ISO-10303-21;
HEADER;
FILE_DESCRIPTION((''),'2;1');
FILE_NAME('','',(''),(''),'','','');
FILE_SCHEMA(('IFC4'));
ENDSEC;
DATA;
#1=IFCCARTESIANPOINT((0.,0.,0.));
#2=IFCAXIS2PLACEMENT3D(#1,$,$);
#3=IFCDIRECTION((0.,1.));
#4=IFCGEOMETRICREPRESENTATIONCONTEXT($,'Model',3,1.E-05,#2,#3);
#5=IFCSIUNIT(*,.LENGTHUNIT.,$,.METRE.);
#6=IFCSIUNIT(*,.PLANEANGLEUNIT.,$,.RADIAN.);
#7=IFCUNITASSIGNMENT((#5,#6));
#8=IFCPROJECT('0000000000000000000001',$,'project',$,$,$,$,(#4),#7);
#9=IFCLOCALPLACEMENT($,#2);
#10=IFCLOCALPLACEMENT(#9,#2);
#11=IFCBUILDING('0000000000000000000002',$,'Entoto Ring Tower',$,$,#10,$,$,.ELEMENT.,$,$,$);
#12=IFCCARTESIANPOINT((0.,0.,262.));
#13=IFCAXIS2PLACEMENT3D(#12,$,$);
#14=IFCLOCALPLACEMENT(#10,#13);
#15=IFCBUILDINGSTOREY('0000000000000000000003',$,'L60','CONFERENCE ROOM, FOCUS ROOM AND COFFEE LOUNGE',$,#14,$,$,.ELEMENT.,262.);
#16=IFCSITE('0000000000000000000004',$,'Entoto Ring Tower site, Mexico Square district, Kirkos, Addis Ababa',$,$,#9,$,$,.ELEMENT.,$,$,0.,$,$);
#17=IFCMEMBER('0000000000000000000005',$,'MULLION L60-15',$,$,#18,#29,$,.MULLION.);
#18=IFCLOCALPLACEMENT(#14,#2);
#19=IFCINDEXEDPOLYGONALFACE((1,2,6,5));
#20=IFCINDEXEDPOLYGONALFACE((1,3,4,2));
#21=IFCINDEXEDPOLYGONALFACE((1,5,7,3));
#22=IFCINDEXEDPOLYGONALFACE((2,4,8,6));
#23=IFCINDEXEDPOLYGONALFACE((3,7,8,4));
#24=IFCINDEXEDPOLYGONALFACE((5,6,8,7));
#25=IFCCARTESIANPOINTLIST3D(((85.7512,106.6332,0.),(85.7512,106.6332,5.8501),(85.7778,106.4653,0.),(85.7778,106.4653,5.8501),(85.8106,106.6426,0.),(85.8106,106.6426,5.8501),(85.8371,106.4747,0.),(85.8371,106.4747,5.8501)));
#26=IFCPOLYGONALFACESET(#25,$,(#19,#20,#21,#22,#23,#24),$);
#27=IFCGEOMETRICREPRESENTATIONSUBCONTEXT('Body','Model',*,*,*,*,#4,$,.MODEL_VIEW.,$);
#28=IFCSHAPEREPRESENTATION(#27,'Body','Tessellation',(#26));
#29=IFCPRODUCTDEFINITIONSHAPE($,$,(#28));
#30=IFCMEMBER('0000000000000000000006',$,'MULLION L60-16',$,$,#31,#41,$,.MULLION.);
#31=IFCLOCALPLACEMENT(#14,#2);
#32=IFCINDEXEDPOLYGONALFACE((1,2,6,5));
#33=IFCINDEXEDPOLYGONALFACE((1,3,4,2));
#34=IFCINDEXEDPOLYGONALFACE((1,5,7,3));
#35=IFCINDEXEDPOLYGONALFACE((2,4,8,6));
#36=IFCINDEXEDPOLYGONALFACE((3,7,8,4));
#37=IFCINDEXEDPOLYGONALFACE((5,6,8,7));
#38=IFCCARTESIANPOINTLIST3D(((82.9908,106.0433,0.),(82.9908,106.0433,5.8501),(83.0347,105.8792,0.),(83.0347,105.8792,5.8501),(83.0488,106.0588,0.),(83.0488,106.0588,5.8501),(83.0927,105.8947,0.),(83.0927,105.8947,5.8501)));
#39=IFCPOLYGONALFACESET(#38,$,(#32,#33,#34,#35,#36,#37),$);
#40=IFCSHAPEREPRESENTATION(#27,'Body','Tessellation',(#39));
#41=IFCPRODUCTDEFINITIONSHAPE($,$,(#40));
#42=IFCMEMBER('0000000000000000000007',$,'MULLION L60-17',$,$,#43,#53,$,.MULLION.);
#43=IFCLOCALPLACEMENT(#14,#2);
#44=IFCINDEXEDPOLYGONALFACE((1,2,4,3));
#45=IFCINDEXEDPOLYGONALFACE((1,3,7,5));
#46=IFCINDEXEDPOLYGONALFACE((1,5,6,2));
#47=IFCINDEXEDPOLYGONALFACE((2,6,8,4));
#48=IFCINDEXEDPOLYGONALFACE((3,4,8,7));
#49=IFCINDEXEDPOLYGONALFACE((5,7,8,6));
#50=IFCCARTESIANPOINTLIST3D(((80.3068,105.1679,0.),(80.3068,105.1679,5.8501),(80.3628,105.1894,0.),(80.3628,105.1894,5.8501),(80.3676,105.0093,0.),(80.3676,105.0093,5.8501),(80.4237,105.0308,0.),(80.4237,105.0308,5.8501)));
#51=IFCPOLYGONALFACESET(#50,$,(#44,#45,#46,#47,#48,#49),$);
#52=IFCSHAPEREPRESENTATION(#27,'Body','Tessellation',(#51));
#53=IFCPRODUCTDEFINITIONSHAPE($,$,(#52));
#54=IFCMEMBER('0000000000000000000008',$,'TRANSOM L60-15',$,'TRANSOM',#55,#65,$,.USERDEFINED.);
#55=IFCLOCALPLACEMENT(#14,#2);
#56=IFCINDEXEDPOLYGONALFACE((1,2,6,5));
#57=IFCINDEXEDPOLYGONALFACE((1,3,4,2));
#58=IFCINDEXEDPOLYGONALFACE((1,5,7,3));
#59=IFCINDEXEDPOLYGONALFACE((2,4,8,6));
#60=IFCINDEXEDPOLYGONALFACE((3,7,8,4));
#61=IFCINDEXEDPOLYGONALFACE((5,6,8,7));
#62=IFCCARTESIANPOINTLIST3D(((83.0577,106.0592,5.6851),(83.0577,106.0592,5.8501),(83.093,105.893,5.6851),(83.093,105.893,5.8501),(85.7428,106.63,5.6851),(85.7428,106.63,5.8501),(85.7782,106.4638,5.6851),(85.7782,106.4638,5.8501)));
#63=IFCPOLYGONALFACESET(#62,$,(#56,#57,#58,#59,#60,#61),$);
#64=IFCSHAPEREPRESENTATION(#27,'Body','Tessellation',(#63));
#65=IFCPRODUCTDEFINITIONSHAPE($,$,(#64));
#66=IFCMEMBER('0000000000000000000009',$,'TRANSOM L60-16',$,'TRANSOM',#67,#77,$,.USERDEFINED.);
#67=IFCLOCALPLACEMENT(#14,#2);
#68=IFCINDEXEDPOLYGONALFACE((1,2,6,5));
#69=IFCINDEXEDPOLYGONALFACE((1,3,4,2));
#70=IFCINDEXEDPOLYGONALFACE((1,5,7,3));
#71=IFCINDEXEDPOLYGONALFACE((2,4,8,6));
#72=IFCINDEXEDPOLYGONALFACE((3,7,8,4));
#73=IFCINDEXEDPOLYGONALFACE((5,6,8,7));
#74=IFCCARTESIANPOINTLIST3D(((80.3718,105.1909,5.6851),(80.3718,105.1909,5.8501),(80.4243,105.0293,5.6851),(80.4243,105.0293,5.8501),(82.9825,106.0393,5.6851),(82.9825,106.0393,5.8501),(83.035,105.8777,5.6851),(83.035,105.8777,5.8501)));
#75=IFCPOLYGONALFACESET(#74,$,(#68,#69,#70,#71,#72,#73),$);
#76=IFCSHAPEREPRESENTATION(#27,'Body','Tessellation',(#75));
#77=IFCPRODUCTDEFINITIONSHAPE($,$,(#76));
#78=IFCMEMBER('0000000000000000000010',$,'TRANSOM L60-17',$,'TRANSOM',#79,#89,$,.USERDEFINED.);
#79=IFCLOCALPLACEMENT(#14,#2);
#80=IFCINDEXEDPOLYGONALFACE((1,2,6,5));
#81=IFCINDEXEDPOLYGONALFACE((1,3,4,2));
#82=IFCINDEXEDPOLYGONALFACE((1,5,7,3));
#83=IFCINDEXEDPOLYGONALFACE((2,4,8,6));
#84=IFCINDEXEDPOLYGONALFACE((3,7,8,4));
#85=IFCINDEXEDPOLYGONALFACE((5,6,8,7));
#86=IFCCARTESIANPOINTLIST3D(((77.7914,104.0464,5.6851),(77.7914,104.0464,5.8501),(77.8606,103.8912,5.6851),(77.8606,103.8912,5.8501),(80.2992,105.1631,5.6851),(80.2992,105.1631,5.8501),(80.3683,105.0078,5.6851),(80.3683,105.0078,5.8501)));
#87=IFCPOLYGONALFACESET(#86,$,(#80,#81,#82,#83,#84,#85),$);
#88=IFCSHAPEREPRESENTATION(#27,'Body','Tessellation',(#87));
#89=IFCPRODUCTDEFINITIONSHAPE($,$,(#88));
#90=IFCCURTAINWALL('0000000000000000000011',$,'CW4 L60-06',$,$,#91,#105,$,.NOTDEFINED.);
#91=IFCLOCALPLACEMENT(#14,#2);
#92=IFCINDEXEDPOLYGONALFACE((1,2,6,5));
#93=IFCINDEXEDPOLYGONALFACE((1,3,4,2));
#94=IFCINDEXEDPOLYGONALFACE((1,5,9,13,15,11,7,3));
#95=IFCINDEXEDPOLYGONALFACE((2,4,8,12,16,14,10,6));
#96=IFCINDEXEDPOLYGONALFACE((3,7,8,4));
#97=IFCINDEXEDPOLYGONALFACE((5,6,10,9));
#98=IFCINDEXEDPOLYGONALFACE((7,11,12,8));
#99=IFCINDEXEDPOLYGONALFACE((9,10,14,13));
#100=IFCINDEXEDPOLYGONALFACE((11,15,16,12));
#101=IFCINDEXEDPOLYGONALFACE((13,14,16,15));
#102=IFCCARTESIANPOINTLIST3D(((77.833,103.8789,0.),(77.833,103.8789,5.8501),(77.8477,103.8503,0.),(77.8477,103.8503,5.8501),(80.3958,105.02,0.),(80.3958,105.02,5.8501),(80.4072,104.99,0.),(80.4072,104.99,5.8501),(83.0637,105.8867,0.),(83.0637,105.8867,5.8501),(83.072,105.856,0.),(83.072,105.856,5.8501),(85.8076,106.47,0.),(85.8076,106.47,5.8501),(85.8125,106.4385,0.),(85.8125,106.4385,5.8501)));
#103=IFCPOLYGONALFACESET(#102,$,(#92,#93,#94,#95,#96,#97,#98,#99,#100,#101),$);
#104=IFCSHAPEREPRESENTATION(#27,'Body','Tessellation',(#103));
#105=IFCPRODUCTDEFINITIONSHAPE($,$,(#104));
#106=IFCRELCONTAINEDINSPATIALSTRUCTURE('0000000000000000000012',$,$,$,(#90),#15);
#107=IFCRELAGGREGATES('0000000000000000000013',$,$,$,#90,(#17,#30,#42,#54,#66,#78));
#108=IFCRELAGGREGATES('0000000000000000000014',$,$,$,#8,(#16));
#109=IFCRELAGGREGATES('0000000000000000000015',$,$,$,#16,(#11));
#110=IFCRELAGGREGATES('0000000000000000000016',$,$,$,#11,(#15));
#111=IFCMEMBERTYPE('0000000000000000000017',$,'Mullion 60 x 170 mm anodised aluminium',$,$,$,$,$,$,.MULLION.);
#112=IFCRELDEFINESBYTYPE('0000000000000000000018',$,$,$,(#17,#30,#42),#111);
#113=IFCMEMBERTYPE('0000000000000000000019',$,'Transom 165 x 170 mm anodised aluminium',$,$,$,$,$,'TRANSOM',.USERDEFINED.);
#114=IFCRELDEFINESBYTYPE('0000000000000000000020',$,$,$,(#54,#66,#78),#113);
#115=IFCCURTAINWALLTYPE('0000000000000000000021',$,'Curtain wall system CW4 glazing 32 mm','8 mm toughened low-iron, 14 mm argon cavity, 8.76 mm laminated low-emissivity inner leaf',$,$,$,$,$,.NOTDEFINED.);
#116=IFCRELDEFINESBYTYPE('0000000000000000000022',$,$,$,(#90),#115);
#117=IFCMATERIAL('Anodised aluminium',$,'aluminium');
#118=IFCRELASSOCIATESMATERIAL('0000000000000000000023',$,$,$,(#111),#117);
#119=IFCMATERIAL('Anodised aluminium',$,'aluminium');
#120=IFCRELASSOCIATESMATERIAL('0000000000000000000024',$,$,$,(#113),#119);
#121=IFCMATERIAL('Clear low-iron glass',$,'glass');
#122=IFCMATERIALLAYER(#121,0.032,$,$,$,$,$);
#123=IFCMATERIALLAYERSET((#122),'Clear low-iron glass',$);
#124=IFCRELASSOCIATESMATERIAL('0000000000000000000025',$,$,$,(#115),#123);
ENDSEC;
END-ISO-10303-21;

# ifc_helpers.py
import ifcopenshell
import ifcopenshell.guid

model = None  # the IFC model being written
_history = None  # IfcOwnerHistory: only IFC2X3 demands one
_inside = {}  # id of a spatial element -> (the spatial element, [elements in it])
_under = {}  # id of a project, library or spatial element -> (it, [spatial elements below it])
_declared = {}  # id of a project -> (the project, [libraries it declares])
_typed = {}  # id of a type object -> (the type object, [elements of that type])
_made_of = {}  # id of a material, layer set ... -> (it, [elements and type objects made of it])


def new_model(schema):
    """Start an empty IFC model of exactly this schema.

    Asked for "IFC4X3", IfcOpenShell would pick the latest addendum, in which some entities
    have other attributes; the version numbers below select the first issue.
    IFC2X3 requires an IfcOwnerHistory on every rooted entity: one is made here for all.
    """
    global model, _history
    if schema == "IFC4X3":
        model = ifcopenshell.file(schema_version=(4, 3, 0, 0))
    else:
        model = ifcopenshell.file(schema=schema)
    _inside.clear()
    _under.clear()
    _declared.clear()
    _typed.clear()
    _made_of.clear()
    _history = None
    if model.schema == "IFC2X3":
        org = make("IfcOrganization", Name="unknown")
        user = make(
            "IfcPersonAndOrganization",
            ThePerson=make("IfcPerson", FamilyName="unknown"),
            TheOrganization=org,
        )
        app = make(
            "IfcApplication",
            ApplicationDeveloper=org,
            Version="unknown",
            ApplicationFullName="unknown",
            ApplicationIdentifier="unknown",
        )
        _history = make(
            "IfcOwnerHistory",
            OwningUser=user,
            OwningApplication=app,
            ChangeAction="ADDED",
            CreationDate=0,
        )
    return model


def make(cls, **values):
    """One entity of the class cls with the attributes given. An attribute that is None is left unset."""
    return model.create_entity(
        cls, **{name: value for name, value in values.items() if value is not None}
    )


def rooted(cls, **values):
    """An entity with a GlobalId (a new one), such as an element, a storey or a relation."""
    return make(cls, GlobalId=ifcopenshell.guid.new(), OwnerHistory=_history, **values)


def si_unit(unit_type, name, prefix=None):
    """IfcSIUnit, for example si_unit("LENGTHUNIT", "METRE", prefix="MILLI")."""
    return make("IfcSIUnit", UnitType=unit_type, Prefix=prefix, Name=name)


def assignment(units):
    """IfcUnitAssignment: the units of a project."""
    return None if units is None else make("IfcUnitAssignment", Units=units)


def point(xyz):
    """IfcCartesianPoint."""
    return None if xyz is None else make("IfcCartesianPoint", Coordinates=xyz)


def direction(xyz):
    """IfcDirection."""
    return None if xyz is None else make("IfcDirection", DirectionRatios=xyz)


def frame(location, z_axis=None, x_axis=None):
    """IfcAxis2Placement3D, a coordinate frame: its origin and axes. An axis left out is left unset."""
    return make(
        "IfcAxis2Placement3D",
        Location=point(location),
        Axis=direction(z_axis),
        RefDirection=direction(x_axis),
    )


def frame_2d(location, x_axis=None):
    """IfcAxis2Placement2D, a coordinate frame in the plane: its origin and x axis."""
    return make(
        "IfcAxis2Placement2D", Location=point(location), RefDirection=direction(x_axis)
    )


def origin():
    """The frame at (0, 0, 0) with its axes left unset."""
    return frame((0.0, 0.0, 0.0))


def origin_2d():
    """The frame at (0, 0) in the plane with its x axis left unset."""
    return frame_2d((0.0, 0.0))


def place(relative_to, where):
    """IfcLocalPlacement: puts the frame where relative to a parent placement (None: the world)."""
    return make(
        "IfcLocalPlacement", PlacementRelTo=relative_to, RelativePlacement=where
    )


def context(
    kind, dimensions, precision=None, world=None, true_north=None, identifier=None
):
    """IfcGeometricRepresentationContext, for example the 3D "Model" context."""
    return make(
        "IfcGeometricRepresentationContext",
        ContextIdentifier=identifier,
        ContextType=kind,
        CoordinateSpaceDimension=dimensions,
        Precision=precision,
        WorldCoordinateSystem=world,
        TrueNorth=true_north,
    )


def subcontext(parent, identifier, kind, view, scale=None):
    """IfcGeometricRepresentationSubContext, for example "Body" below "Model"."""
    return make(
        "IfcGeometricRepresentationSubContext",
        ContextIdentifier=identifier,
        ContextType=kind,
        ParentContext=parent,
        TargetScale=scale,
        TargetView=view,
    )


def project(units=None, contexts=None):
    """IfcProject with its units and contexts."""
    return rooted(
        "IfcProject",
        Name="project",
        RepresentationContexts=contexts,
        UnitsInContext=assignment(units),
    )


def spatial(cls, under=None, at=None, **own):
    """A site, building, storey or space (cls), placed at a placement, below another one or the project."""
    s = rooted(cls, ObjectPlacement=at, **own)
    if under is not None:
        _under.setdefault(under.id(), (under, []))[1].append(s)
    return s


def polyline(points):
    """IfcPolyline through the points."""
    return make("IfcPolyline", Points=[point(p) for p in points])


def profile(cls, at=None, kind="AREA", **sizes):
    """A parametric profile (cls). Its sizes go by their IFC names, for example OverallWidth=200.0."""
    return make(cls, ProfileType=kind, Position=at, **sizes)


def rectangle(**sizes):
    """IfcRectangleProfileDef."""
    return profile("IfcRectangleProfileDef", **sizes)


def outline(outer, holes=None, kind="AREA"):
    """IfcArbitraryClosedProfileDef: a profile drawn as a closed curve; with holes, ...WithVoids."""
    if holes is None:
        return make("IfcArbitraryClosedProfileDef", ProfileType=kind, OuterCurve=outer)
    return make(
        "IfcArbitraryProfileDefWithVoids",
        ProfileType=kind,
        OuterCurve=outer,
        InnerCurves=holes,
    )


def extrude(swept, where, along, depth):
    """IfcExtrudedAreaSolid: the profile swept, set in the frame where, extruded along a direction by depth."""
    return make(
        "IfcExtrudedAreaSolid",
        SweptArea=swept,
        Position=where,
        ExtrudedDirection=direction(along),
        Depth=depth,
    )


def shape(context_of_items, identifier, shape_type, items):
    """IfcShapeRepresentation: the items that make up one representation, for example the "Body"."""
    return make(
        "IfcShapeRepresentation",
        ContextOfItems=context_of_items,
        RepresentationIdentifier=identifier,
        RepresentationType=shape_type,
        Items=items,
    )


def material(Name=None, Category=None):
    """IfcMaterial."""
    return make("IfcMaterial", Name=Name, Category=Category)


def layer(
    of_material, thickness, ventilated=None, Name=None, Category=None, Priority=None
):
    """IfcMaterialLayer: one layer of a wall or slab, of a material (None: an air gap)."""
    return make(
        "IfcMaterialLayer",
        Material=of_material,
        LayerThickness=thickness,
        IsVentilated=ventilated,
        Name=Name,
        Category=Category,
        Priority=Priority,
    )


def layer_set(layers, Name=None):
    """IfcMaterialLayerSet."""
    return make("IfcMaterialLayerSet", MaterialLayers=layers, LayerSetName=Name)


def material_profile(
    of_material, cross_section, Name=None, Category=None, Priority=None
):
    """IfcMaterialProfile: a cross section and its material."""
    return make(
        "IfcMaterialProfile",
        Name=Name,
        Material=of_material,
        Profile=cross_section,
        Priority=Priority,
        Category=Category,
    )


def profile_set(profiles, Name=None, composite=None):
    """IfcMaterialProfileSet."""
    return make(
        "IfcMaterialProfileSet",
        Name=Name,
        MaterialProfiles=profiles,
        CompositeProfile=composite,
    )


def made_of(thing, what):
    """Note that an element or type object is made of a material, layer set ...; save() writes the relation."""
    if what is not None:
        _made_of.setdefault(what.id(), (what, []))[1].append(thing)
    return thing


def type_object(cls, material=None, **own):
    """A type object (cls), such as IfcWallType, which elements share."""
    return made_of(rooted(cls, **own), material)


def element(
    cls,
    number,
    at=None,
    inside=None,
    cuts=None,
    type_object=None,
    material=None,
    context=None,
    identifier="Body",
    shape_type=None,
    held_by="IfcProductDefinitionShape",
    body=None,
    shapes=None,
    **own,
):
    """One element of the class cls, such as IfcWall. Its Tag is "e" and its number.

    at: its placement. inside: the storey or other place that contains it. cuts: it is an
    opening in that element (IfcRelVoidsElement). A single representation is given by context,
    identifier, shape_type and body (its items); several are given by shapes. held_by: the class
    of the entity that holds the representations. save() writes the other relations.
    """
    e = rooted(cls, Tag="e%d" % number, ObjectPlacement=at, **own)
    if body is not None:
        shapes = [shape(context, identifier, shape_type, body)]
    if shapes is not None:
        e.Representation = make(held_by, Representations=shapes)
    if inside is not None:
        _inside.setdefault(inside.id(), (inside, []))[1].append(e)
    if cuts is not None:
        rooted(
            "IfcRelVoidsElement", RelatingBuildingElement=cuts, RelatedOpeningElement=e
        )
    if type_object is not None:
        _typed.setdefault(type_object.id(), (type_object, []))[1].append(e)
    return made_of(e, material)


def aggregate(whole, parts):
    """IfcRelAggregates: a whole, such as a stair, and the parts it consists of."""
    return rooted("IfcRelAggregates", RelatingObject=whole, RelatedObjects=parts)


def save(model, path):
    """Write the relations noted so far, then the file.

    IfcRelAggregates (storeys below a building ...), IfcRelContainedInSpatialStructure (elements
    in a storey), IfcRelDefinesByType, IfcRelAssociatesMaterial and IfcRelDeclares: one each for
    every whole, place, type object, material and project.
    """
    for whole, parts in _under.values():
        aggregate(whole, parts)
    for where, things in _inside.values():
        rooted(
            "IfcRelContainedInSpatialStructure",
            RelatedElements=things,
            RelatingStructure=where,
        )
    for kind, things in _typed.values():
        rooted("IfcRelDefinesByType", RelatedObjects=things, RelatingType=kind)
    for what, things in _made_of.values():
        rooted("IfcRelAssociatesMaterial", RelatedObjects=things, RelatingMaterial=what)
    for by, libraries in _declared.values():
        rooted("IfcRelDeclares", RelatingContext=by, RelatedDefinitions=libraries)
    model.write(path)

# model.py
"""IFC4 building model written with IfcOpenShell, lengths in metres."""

from ifc_helpers import new_model, si_unit, direction, frame, origin, origin_2d, place, context, subcontext, project, spatial, polyline, rectangle, outline, extrude, material, layer, layer_set, material_profile, profile_set, type_object, element, aggregate, save


model = new_model("IFC4")

# Units and contexts
model_context = context("Model", 3, precision=1e-05, world=origin(), true_north=direction((0.0, 1.0)))
body_context = subcontext(model_context, "Body", "Model", "MODEL_VIEW")
ifc_project = project(units=[si_unit("LENGTHUNIT", "METRE"), si_unit("PLANEANGLEUNIT", "RADIAN")], contexts=[model_context])

# Members
ifc_material_1 = material(Name="Anodised aluminium", Category="aluminium")
ifc_material_profile_1 = material_profile(ifc_material_1, rectangle(XDim=0.0601, YDim=0.1699, at=origin_2d()), Name="Mullion 60 x 170 mm anodised aluminium")
ifc_profile_set_1 = profile_set([ifc_material_profile_1], Name="Anodised aluminium")
member_type_1 = type_object("IfcMemberType", Name="Mullion 60 x 170 mm anodised aluminium", PredefinedType="MULLION", material=ifc_profile_set_1)
site_placement = place(None, origin())
building_placement = place(site_placement, origin())
storey_placement = place(building_placement, frame((0.0, 0.0, 262.0)))
member_1_placement = place(storey_placement, frame((85.7942, 106.554, 0.0), z_axis=(0.0, 0.0, 1.0), x_axis=(-0.987688, -0.156434, 0.0)))
member_1 = element("IfcMember", 1, at=member_1_placement, type_object=member_type_1, Name="MULLION L60-15", PredefinedType="MULLION", context=body_context, shape_type="SweptSolid", body=[
    extrude(rectangle(XDim=0.0601, YDim=0.1699, at=origin_2d()), origin(), (0.0, 0.0, 1.0), 5.8501),
])
member_2_placement = place(storey_placement, frame((83.0417, 105.969, 0.0), z_axis=(0.0, 0.0, 1.0), x_axis=(-0.965926, -0.258819, 0.0)))
member_2 = element("IfcMember", 2, at=member_2_placement, type_object=member_type_1, Name="MULLION L60-16", PredefinedType="MULLION", context=body_context, shape_type="SweptSolid", body=[
    extrude(rectangle(XDim=0.0601, YDim=0.1699, at=origin_2d()), origin(), (0.0, 0.0, 1.0), 5.8501),
])
member_3_placement = place(storey_placement, frame((80.3652, 105.0994, 0.0), z_axis=(0.0, 0.0, 1.0), x_axis=(-0.93358, -0.358368, 0.0)))
member_3 = element("IfcMember", 3, at=member_3_placement, type_object=member_type_1, Name="MULLION L60-17", PredefinedType="MULLION", context=body_context, shape_type="SweptSolid", body=[
    extrude(rectangle(XDim=0.0601, YDim=0.1699, at=origin_2d()), origin(), (0.0, 0.0, 1.0), 5.8501),
])
ifc_material_2 = material(Name="Anodised aluminium", Category="aluminium")
ifc_material_profile_2 = material_profile(ifc_material_2, rectangle(XDim=0.1699, YDim=0.165, at=origin_2d()), Name="Transom 165 x 170 mm anodised aluminium")
ifc_profile_set_2 = profile_set([ifc_material_profile_2], Name="Anodised aluminium")
member_type_2 = type_object("IfcMemberType", Name="Transom 165 x 170 mm anodised aluminium", ElementType="TRANSOM", PredefinedType="USERDEFINED", material=ifc_profile_set_2)
member_4_placement = place(storey_placement, frame((85.7605, 106.5469, 5.7676), z_axis=(-0.978142, -0.207937, 0.0), x_axis=(0.207937, -0.978142, 0.0)))
member_4 = element("IfcMember", 4, at=member_4_placement, type_object=member_type_2, Name="TRANSOM L60-15", ObjectType="TRANSOM", PredefinedType="USERDEFINED", context=body_context, shape_type="SweptSolid", body=[
    extrude(rectangle(XDim=0.1699, YDim=0.165, at=origin_2d()), origin(), (0.0, 0.0, 1.0), 2.7451),
])
member_5_placement = place(storey_placement, frame((83.0088, 105.9585, 5.7676), z_axis=(-0.951048, -0.309042, 0.0), x_axis=(0.309042, -0.951048, 0.0)))
member_5 = element("IfcMember", 5, at=member_5_placement, type_object=member_type_2, Name="TRANSOM L60-16", ObjectType="TRANSOM", PredefinedType="USERDEFINED", context=body_context, shape_type="SweptSolid", body=[
    extrude(rectangle(XDim=0.1699, YDim=0.165, at=origin_2d()), origin(), (0.0, 0.0, 1.0), 2.7451),
])
member_6_placement = place(storey_placement, frame((80.3337, 105.0854, 5.7676), z_axis=(-0.913525, -0.406782, 0.0), x_axis=(0.406782, -0.913525, 0.0)))
member_6 = element("IfcMember", 6, at=member_6_placement, type_object=member_type_2, Name="TRANSOM L60-17", ObjectType="TRANSOM", PredefinedType="USERDEFINED", context=body_context, shape_type="SweptSolid", body=[
    extrude(rectangle(XDim=0.1699, YDim=0.165, at=origin_2d()), origin(), (0.0, 0.0, 1.0), 2.7451),
])

# Site, building, storey
site = spatial("IfcSite", under=ifc_project, at=site_placement, Name="Entoto Ring Tower site, Mexico Square district, Kirkos, Addis Ababa", CompositionType="ELEMENT", RefElevation=0.0)
building = spatial("IfcBuilding", under=site, at=building_placement, Name="Entoto Ring Tower", CompositionType="ELEMENT")
storey = spatial("IfcBuildingStorey", under=building, at=storey_placement, Name="L60", Description="CONFERENCE ROOM, FOCUS ROOM AND COFFEE LOUNGE", CompositionType="ELEMENT", Elevation=262.0)

# Curtain wall
ifc_material_3 = material(Name="Clear low-iron glass", Category="glass")
ifc_layer = layer(ifc_material_3, 0.032)
ifc_layer_set = layer_set([ifc_layer], Name="Clear low-iron glass")
curtain_wall_type = type_object("IfcCurtainWallType", Name="Curtain wall system CW4 glazing 32 mm", Description="8 mm toughened low-iron, 14 mm argon cavity, 8.76 mm laminated low-emissivity inner leaf", PredefinedType="NOTDEFINED", material=ifc_layer_set)
curtain_wall_1_placement = place(storey_placement, origin())
curtain_wall_1 = element("IfcCurtainWall", 7, at=curtain_wall_1_placement, inside=storey, type_object=curtain_wall_type, Name="CW4 L60-06", PredefinedType="NOTDEFINED", context=body_context, shape_type="SweptSolid", body=[
    extrude(outline(polyline([(85.8076, 106.47), (83.0637, 105.8867), (80.3958, 105.02), (77.833, 103.8789), (77.8477, 103.8503), (80.4072, 104.99), (83.072, 105.856), (85.8125, 106.4385), (85.8076, 106.47)])), origin(), (0.0, 0.0, 1.0), 5.8501),
])
aggregate(curtain_wall_1, [member_1, member_2, member_3, member_4, member_5, member_6])

save(model, "model.ifc")
